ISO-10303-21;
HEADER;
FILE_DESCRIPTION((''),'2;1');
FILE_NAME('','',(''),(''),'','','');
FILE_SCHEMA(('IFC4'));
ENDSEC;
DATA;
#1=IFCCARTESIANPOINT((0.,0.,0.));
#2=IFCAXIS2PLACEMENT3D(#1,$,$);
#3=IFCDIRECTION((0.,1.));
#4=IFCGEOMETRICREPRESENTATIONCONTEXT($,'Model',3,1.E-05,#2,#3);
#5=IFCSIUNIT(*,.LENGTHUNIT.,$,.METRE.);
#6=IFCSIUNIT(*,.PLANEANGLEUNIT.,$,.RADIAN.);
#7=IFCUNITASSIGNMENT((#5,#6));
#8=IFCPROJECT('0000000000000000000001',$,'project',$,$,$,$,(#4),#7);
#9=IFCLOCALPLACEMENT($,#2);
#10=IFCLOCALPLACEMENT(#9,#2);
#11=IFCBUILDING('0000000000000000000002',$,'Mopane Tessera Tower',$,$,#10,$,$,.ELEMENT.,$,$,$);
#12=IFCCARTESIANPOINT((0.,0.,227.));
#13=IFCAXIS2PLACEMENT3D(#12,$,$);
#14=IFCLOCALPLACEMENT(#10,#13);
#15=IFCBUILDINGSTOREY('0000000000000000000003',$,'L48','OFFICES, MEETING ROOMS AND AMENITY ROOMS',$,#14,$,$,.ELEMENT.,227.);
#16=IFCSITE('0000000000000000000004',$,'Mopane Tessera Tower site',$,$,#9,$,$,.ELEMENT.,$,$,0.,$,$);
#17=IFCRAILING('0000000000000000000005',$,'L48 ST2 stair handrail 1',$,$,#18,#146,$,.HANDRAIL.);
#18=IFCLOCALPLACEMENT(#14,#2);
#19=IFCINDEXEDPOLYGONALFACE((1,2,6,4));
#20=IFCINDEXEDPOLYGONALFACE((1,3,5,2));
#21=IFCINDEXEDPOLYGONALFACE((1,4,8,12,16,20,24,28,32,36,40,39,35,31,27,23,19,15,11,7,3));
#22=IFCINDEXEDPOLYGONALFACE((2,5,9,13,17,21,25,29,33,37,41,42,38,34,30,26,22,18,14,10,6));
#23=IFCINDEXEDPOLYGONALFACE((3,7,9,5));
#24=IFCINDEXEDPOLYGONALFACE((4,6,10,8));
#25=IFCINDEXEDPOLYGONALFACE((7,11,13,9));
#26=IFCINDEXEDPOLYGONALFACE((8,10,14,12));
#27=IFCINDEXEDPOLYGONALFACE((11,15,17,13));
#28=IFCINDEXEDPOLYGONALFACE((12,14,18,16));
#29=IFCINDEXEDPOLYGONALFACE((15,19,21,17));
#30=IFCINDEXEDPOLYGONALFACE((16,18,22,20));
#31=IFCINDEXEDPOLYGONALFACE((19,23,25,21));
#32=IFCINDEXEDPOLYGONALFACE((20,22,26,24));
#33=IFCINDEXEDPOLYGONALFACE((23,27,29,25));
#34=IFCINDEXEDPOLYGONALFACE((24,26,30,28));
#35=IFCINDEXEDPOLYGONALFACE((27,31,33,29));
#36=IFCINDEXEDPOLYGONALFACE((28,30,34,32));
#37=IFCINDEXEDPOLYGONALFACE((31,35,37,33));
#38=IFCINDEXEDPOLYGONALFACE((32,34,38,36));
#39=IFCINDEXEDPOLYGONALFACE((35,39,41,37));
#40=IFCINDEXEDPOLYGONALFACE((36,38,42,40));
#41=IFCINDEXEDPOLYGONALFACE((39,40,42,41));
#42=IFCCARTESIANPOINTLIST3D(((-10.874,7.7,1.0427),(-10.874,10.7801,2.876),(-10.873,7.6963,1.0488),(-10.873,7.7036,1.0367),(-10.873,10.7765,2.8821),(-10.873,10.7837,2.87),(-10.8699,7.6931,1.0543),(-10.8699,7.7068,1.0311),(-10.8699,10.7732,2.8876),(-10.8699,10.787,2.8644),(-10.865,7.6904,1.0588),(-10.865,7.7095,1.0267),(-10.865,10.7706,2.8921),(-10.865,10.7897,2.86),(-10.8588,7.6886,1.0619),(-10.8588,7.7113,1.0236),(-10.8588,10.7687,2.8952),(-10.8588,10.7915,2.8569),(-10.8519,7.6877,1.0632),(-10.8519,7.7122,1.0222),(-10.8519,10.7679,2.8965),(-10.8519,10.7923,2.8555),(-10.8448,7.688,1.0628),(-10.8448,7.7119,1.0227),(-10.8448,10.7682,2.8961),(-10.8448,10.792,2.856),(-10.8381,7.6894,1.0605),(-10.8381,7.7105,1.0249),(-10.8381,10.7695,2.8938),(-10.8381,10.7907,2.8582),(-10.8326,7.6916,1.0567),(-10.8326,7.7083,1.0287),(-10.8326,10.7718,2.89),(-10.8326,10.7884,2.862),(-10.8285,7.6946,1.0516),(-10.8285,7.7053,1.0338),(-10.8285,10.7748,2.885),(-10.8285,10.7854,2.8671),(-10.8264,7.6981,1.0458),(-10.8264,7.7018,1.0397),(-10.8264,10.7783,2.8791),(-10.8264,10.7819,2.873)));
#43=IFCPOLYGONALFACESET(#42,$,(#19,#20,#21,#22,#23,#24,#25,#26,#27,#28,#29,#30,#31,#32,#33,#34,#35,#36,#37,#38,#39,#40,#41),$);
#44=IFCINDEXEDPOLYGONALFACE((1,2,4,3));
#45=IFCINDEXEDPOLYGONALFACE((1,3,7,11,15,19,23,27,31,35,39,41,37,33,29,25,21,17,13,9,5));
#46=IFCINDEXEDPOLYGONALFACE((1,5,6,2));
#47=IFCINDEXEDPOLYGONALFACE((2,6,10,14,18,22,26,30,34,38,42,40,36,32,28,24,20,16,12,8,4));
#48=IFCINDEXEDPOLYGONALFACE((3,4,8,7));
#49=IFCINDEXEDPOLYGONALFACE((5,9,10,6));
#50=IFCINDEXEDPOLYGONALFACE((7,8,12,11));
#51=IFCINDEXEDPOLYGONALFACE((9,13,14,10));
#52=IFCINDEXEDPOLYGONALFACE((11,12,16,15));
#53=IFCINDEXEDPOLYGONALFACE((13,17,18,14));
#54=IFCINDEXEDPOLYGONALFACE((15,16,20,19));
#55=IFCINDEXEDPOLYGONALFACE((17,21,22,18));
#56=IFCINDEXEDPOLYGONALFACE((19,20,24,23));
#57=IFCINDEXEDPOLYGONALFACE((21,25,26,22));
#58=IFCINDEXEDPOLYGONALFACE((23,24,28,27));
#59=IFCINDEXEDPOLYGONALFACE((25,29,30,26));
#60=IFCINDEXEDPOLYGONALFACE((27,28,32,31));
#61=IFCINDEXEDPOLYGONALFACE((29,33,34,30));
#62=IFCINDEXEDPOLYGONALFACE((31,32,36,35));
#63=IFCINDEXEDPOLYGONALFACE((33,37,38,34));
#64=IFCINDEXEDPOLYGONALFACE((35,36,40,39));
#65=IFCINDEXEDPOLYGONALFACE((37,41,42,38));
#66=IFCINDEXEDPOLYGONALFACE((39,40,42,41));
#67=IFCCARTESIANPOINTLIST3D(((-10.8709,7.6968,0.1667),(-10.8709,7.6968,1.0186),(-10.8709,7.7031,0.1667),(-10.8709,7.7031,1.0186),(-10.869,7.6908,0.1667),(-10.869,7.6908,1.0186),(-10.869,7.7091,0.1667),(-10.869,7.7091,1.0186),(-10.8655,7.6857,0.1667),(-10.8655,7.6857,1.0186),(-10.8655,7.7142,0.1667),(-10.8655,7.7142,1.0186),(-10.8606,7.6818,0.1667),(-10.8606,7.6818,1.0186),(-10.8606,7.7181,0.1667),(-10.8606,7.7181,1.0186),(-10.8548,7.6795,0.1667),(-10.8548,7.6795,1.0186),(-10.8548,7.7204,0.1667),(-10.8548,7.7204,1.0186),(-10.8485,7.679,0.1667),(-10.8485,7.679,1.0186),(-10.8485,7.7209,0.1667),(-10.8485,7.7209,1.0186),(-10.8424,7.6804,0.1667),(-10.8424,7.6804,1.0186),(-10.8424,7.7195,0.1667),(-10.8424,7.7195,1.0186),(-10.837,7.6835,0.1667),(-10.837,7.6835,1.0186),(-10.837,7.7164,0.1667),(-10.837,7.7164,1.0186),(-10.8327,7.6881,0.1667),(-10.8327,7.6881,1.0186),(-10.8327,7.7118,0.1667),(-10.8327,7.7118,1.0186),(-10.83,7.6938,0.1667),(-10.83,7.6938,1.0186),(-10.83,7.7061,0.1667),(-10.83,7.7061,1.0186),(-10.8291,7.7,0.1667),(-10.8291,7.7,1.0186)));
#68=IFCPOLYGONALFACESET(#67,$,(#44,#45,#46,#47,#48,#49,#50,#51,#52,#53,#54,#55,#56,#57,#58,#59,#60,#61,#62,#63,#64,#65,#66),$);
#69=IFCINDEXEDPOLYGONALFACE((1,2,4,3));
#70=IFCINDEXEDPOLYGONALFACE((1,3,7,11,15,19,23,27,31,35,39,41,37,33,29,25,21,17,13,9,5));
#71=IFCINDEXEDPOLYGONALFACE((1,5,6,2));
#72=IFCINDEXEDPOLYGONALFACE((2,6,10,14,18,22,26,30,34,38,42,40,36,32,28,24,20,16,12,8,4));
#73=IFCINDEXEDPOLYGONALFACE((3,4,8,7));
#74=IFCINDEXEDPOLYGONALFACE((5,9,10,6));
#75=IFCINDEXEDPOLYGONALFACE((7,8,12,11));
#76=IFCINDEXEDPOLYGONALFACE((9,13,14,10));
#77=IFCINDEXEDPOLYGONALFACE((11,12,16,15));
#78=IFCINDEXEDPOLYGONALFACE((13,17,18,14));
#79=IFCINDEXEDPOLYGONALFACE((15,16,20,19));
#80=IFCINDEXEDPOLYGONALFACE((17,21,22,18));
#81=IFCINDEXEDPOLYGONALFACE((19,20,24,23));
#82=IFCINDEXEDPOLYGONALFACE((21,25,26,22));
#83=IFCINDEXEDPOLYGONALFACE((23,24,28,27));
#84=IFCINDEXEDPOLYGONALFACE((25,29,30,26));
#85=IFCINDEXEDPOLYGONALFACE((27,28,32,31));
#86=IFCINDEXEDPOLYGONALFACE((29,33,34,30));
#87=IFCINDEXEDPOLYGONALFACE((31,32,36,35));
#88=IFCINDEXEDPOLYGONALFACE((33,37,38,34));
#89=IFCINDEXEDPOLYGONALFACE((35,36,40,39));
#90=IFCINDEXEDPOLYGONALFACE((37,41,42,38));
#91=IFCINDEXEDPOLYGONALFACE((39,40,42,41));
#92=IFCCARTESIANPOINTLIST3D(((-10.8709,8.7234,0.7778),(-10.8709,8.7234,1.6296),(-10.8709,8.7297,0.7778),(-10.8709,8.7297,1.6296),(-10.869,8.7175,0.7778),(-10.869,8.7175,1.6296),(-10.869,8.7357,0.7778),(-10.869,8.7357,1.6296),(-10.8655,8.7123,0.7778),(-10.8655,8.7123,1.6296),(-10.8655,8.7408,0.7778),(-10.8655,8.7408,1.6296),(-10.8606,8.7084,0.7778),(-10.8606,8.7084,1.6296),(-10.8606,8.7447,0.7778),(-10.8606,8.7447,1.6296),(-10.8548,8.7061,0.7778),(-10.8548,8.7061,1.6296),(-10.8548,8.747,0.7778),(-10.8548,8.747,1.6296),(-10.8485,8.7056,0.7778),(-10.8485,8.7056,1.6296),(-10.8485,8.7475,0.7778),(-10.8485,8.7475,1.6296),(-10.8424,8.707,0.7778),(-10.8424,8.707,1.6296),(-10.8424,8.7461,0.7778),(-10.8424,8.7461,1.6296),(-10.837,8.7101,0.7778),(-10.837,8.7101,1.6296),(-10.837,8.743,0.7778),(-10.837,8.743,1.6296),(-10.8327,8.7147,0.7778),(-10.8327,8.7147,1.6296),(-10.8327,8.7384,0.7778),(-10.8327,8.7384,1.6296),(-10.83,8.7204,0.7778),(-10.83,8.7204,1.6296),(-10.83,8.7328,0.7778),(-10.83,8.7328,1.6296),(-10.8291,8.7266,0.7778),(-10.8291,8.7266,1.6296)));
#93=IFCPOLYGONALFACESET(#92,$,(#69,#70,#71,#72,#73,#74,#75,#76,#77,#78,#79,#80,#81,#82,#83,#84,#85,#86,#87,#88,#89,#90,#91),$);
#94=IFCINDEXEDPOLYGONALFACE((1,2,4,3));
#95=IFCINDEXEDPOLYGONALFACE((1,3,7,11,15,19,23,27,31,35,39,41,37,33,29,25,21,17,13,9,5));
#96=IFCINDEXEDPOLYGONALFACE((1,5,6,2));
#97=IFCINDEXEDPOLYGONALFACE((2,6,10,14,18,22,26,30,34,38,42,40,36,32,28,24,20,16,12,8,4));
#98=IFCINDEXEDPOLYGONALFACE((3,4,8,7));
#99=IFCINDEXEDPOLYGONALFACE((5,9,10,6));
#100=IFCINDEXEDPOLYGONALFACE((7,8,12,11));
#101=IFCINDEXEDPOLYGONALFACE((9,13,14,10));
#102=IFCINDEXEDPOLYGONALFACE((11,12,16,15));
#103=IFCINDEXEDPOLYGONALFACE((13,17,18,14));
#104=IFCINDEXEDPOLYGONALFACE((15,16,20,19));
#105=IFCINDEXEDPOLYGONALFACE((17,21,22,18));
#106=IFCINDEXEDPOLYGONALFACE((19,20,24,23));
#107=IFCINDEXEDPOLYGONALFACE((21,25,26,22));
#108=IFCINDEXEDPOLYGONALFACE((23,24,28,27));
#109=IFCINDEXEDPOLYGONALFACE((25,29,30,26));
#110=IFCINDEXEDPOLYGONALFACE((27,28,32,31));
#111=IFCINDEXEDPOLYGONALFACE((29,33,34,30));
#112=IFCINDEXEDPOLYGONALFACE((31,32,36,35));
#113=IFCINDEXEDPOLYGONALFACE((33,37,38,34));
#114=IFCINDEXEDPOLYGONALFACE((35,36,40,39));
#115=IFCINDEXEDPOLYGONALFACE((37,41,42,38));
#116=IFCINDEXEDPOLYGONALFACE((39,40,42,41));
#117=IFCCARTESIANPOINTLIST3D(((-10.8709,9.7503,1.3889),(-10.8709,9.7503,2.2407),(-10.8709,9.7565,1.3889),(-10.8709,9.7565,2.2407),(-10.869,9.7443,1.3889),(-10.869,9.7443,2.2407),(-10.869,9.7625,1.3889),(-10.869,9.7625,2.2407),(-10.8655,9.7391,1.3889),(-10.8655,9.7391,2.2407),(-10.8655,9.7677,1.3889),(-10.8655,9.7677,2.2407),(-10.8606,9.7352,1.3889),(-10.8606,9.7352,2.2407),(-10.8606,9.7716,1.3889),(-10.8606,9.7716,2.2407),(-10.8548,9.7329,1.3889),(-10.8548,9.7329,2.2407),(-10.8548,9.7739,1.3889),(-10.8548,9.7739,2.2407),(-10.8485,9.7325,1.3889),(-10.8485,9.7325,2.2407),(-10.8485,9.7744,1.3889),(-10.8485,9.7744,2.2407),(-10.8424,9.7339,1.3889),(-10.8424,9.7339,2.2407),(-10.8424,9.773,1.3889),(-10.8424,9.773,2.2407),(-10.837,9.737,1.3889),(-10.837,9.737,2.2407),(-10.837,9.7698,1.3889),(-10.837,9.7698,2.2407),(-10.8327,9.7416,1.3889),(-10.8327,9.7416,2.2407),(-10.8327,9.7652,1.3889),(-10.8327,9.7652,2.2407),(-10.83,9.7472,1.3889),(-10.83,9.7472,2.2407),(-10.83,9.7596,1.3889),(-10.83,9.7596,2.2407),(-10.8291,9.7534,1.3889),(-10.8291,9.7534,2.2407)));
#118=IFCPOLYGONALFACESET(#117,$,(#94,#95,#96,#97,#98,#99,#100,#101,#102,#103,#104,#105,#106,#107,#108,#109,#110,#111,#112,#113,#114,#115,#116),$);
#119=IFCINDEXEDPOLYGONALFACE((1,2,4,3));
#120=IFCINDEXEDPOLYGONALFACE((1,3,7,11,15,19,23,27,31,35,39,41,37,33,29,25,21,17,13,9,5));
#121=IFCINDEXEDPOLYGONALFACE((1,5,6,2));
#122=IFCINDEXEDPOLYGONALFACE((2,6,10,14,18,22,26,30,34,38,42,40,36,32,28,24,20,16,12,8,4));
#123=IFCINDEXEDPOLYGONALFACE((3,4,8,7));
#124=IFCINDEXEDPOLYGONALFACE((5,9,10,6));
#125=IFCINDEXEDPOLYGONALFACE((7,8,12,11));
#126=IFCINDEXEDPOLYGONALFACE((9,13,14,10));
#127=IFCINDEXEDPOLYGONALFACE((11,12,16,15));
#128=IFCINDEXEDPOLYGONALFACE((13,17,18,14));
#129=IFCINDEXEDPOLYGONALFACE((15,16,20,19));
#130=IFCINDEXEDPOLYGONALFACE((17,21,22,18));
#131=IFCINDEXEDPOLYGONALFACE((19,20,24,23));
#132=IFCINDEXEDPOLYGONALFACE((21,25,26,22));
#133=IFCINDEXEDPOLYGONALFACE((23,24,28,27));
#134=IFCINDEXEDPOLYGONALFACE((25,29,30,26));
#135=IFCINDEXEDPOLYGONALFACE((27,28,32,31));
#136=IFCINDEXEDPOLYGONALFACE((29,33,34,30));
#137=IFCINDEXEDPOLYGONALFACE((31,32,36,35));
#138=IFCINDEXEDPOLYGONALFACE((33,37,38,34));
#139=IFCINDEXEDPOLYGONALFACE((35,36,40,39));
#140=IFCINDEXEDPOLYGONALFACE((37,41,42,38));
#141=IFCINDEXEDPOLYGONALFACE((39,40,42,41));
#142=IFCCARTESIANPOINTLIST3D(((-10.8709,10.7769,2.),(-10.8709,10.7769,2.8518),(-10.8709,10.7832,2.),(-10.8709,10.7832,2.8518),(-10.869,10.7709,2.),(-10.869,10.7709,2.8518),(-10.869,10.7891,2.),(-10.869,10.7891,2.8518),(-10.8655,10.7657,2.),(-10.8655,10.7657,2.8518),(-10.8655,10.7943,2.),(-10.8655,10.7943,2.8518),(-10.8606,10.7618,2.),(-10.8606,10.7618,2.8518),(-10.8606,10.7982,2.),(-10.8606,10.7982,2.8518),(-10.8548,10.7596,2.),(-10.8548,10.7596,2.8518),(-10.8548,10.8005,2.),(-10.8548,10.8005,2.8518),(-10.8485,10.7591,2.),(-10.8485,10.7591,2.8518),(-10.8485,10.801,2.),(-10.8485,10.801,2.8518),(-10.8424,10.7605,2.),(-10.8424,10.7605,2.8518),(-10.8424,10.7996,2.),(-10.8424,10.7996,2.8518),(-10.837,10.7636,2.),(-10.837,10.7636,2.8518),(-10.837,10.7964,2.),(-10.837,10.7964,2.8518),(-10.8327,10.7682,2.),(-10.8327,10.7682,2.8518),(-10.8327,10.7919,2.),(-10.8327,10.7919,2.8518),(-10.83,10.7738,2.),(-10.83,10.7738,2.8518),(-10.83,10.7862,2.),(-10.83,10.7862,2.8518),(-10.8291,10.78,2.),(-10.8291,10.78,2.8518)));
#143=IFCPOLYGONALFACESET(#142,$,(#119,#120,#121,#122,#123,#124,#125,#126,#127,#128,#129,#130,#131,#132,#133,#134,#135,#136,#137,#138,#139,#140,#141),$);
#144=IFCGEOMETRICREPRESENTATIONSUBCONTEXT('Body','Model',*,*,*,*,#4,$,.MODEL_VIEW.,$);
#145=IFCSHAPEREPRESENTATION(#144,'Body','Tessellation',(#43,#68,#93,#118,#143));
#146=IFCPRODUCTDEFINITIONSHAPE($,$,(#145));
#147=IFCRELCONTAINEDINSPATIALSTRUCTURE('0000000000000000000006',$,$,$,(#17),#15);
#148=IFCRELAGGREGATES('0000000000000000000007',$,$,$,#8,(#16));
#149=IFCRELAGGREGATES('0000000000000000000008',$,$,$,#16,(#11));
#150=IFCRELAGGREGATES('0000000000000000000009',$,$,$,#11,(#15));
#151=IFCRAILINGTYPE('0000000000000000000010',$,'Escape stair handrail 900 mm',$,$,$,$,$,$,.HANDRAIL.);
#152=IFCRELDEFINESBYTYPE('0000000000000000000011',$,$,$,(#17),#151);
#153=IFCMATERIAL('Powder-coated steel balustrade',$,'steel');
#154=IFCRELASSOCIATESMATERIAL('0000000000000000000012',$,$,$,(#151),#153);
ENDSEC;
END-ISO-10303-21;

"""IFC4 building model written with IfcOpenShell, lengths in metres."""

from ifc_helpers import new_model, si_unit, direction, frame, origin, origin_2d, place, context, subcontext, project, spatial, circle, extrude, material, type_object, element, save


model = new_model("IFC4")

# Units and contexts
model_context = context("Model", 3, precision=1e-05, world=origin(), true_north=direction((0.0, 1.0)))
body_context = subcontext(model_context, "Body", "Model", "MODEL_VIEW")
ifc_project = project(units=[si_unit("LENGTHUNIT", "METRE"), si_unit("PLANEANGLEUNIT", "RADIAN")], contexts=[model_context])

# Site, building, storey
site_placement = place(None, origin())
site = spatial("IfcSite", under=ifc_project, at=site_placement, Name="Mopane Tessera Tower site", CompositionType="ELEMENT", RefElevation=0.0)
building_placement = place(site_placement, origin())
building = spatial("IfcBuilding", under=site, at=building_placement, Name="Mopane Tessera Tower", CompositionType="ELEMENT")
storey_placement = place(building_placement, frame((0.0, 0.0, 227.0)))
storey = spatial("IfcBuildingStorey", under=building, at=storey_placement, Name="L48", Description="OFFICES, MEETING ROOMS AND AMENITY ROOMS", CompositionType="ELEMENT", Elevation=227.0)

# Railing
ifc_material_1 = material(Name="Powder-coated steel balustrade", Category="steel")
railing_type_1 = type_object("IfcRailingType", Name="Escape stair handrail 900 mm", PredefinedType="HANDRAIL", material=ifc_material_1)
railing_1_placement = place(storey_placement, frame((-10.8501, 7.7, 0.1667)))
element("IfcRailing", 1, at=railing_1_placement, inside=storey, type_object=railing_type_1, Name="L48 ST2 stair handrail 1", PredefinedType="HANDRAIL", context=body_context, shape_type="SweptSolid", body=[
    extrude(circle(Radius=0.0239, at=origin_2d()), frame((0.0, 0.0, 0.876), z_axis=(0.0, 0.859309, 0.511458), x_axis=(-1.0, 0.0, 0.0)), (0.0, 0.0, 1.0), 3.5845),
    extrude(circle(Radius=0.021, at=origin_2d()), origin(), (0.0, 0.0, 1.0), 0.8518),
    extrude(circle(Radius=0.021, at=origin_2d()), frame((0.0, 1.0266, 0.6111)), (0.0, 0.0, 1.0), 0.8518),
    extrude(circle(Radius=0.021, at=origin_2d()), frame((0.0, 2.0535, 1.2222)), (0.0, 0.0, 1.0), 0.8518),
    extrude(circle(Radius=0.021, at=origin_2d()), frame((0.0, 3.0801, 1.8333)), (0.0, 0.0, 1.0), 0.8518),
])

save(model, "model.ifc")
